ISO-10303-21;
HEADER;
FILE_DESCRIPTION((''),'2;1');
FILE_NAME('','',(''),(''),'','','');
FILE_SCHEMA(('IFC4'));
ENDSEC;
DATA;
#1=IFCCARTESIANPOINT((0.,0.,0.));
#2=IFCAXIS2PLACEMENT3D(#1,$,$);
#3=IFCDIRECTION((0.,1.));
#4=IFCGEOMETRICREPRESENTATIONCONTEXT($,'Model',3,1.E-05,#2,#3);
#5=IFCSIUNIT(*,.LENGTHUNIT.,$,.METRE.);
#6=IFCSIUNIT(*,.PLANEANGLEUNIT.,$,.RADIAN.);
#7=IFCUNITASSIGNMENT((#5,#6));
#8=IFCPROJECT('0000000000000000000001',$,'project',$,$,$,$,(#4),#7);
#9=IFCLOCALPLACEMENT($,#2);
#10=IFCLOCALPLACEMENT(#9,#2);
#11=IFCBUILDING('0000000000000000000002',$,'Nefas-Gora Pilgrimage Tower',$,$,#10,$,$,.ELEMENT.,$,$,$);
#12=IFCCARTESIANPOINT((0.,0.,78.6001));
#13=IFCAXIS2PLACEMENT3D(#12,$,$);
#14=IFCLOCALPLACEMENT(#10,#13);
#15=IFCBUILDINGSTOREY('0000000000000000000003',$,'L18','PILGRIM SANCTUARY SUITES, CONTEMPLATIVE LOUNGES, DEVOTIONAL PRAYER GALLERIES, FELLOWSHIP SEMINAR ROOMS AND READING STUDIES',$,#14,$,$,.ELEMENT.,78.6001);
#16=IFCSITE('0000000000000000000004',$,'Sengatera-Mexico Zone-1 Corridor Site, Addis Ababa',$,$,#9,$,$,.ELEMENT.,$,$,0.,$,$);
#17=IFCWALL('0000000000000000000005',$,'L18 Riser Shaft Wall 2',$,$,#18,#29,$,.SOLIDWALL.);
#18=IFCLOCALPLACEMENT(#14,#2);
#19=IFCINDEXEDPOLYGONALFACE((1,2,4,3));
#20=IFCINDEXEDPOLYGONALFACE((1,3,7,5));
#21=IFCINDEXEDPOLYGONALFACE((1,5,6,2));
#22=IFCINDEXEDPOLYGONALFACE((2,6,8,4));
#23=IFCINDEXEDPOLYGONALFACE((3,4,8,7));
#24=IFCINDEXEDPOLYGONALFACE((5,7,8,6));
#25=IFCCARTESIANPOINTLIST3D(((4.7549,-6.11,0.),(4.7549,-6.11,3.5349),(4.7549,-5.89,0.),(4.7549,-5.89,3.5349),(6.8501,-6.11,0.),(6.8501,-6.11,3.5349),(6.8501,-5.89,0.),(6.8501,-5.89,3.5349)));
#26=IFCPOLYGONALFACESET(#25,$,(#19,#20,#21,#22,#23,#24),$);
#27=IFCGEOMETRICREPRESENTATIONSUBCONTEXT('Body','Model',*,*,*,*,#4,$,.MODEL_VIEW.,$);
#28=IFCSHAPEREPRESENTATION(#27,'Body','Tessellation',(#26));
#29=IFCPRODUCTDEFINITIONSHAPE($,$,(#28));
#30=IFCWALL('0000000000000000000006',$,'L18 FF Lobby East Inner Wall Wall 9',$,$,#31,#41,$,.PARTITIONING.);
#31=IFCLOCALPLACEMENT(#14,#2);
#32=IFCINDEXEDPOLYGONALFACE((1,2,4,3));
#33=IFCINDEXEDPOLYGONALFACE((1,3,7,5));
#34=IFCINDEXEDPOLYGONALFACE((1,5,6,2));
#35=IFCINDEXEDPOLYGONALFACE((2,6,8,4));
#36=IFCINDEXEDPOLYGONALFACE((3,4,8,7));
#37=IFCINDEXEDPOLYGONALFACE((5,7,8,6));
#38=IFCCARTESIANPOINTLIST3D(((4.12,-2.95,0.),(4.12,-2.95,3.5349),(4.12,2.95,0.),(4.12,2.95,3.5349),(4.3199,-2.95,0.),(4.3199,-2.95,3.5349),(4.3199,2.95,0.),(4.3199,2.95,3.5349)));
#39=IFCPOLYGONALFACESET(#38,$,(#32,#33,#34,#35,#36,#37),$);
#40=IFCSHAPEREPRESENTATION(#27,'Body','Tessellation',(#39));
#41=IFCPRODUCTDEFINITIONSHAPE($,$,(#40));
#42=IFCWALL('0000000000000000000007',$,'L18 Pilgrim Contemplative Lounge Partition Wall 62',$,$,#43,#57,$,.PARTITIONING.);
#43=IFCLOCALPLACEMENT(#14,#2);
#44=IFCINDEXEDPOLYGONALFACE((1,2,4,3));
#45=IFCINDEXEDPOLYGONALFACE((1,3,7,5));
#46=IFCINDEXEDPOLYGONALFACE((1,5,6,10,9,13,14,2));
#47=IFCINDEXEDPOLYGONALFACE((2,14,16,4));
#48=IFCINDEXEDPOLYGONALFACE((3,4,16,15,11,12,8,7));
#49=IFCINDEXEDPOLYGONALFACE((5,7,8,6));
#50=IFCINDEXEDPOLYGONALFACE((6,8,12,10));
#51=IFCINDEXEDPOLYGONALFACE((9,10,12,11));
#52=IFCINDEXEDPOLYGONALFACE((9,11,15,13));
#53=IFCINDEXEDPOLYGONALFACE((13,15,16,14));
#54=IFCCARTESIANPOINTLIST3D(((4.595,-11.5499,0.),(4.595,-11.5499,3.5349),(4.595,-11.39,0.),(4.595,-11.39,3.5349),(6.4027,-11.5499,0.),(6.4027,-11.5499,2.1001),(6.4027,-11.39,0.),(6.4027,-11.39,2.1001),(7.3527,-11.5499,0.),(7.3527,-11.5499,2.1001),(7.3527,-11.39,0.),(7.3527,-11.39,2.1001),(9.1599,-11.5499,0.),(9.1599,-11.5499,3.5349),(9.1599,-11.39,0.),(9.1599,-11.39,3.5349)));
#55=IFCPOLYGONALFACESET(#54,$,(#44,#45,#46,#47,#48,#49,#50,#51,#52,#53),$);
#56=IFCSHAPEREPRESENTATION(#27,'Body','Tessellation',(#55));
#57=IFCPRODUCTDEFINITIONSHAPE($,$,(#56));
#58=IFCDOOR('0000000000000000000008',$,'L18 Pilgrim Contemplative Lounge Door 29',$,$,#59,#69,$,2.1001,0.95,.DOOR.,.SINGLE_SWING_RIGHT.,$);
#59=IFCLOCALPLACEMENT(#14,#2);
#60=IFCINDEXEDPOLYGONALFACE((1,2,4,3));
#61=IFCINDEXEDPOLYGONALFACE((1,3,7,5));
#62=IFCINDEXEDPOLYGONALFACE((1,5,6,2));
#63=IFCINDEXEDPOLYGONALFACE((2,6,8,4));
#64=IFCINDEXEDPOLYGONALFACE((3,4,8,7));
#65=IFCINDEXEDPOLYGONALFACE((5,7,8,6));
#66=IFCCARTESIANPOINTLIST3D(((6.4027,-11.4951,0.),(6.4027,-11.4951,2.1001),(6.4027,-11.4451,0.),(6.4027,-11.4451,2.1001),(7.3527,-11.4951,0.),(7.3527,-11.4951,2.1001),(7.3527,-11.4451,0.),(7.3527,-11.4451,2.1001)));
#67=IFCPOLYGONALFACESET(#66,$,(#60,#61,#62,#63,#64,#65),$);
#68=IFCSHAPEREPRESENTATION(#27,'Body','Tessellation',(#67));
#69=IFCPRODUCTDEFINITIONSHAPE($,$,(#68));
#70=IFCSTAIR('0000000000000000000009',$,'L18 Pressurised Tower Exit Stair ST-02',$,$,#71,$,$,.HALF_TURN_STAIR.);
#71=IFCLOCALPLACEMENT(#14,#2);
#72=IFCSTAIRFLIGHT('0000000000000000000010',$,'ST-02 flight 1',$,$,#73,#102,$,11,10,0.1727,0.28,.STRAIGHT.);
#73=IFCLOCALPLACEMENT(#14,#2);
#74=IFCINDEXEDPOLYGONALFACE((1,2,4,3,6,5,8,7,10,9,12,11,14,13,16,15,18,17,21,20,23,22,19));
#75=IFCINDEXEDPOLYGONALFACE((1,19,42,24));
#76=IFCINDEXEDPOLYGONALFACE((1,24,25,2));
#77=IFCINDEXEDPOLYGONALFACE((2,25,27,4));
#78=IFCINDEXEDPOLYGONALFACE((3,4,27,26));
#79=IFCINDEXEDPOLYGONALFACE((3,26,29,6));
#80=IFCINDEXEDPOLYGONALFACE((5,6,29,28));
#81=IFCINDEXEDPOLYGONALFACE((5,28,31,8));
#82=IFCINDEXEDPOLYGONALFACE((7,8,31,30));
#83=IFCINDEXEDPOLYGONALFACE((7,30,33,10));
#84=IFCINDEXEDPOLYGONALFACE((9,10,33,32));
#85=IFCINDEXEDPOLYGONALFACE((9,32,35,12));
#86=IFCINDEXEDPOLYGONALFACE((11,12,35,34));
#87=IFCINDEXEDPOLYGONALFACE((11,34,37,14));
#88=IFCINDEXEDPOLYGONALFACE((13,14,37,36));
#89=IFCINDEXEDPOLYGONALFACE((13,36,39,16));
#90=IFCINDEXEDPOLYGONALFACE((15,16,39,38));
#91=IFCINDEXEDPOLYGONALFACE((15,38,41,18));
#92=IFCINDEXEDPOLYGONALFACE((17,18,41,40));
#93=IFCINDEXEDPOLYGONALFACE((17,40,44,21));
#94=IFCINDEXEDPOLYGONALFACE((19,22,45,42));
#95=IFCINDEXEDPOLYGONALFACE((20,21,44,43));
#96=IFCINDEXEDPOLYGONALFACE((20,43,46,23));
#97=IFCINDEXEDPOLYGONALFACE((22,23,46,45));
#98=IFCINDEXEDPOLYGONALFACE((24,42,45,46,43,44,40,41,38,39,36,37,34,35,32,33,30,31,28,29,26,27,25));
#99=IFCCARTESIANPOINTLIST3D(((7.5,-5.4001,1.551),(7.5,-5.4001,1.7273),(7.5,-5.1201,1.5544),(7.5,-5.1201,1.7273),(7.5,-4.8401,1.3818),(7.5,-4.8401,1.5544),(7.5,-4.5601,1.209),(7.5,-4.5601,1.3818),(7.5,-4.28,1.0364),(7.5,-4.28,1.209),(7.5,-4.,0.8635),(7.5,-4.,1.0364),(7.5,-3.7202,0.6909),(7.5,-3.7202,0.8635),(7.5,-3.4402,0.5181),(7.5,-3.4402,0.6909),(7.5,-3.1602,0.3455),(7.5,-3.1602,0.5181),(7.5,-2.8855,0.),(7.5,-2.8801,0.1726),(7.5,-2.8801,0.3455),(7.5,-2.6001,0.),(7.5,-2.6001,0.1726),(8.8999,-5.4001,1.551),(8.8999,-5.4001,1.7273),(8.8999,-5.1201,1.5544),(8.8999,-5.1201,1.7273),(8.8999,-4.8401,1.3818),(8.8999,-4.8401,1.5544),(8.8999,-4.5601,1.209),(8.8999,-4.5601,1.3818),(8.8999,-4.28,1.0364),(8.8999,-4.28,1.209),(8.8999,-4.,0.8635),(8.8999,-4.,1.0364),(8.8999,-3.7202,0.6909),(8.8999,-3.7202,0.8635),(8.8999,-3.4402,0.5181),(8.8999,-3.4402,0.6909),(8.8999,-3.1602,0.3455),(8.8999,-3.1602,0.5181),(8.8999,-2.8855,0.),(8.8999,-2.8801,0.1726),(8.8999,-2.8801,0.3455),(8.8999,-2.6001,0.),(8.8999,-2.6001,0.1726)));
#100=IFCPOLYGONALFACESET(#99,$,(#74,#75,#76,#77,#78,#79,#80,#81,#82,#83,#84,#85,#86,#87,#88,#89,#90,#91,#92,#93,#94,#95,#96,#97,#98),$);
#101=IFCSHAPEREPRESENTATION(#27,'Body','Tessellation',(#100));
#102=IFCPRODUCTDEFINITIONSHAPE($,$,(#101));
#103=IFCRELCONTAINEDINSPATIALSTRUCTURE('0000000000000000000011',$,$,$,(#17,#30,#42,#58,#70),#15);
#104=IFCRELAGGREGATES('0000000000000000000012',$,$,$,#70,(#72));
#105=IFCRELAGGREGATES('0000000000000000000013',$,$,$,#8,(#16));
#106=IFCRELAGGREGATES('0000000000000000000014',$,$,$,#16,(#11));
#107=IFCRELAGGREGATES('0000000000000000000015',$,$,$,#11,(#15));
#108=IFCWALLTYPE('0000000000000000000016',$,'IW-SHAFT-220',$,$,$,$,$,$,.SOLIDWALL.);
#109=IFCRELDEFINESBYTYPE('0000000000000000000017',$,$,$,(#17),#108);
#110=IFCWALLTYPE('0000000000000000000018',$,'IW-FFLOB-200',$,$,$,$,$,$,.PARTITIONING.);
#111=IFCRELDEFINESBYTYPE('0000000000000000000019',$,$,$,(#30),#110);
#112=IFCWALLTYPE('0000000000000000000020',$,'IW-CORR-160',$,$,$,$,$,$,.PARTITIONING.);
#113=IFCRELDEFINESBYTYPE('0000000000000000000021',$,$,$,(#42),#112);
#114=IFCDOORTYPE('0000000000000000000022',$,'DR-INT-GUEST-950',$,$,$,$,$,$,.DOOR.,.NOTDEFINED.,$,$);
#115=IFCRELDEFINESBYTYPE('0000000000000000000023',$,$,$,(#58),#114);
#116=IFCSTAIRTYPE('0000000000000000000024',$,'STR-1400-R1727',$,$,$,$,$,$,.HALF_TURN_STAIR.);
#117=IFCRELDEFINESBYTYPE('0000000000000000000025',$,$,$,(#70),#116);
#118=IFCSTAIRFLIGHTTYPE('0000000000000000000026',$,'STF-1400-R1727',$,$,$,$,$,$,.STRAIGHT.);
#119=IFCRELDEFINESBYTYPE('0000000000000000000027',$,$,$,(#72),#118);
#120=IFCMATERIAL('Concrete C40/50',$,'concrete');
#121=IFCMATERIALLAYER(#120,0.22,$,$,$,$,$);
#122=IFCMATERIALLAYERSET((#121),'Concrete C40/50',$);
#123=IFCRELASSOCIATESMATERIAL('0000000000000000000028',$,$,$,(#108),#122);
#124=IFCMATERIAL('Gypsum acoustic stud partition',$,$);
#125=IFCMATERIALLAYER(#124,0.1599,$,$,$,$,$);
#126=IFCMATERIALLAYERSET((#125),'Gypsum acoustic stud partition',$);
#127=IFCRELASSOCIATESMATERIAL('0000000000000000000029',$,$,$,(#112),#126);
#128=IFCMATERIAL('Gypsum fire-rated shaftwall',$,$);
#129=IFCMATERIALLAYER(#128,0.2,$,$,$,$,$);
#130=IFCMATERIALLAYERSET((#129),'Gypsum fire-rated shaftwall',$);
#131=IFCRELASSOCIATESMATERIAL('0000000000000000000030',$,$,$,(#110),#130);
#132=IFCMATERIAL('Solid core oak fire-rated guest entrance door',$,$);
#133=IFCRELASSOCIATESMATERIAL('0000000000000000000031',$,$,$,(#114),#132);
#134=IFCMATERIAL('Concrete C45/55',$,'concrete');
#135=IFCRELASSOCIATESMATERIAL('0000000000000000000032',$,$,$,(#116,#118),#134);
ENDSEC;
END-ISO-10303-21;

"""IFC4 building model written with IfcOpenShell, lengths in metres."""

from ifc_helpers import new_model, si_unit, direction, frame, frame_2d, origin, place, context, subcontext, project, spatial, polyline, rectangle, outline, extrude, source, transform, mapped, material, layer, layer_set, type_object, element, fill, aggregate, save


model = new_model("IFC4")

# Units and contexts
model_context = context("Model", 3, precision=1e-05, world=origin(), true_north=direction((0.0, 1.0)))
body_context = subcontext(model_context, "Body", "Model", "MODEL_VIEW")
ifc_project = project(units=[si_unit("LENGTHUNIT", "METRE"), si_unit("PLANEANGLEUNIT", "RADIAN")], contexts=[model_context])

# Site, building, storey
site_placement = place(None, origin())
site = spatial("IfcSite", under=ifc_project, at=site_placement, Name="Sengatera-Mexico Zone-1 Corridor Site, Addis Ababa", CompositionType="ELEMENT", RefElevation=0.0)
building_placement = place(site_placement, origin())
building = spatial("IfcBuilding", under=site, at=building_placement, Name="Nefas-Gora Pilgrimage Tower", CompositionType="ELEMENT")
storey_placement = place(building_placement, frame((0.0, 0.0, 78.6001)))
storey = spatial("IfcBuildingStorey", under=building, at=storey_placement, Name="L18", Description="PILGRIM SANCTUARY SUITES, CONTEMPLATIVE LOUNGES, DEVOTIONAL PRAYER GALLERIES, FELLOWSHIP SEMINAR ROOMS AND READING STUDIES", CompositionType="ELEMENT", Elevation=78.6001)

# Shared definitions
ifc_material_1 = material(Name="Concrete C45/55", Category="concrete")

# Shared definitions
ifc_material_2 = material(Name="Concrete C40/50", Category="concrete")
ifc_layer_1 = layer(ifc_material_2, 0.22)
ifc_layer_set_1 = layer_set([ifc_layer_1], Name="Concrete C40/50")
wall_type_1 = type_object("IfcWallType", Name="IW-SHAFT-220", PredefinedType="SOLIDWALL", material=ifc_layer_set_1)

# Walls
ifc_material_3 = material(Name="Gypsum acoustic stud partition")
ifc_layer_2 = layer(ifc_material_3, 0.1599)
ifc_layer_set_2 = layer_set([ifc_layer_2], Name="Gypsum acoustic stud partition")
wall_type_2 = type_object("IfcWallType", Name="IW-CORR-160", PredefinedType="PARTITIONING", material=ifc_layer_set_2)
shared_shape_1 = source(origin(), body_context, "Body", "SweptSolid", [
    extrude(rectangle(XDim=2.0952, YDim=0.22, at=frame_2d((1.0476, 0.0))), origin(), (0.0, 0.0, 1.0), 3.5349),
])
wall_1_placement = place(storey_placement, frame((4.7549, -6.0, 0.0), z_axis=(0.0, 0.0, 1.0), x_axis=(1.0, 0.0, 0.0)))
element("IfcWall", 1, at=wall_1_placement, inside=storey, type_object=wall_type_1, Name="L18 Riser Shaft Wall 2", PredefinedType="SOLIDWALL", context=body_context, shape_type="MappedRepresentation", body=[
    mapped(shared_shape_1, transform((0.0, 0.0, 0.0), x_axis=(1.0, 0.0, 0.0), y_axis=(0.0, 1.0, 0.0), z_axis=(0.0, 0.0, 1.0), scale=1.0)),
])
ifc_material_4 = material(Name="Gypsum fire-rated shaftwall")
ifc_layer_3 = layer(ifc_material_4, 0.2)
ifc_layer_set_3 = layer_set([ifc_layer_3], Name="Gypsum fire-rated shaftwall")
wall_type_3 = type_object("IfcWallType", Name="IW-FFLOB-200", PredefinedType="PARTITIONING", material=ifc_layer_set_3)
shared_shape_2 = source(origin(), body_context, "Body", "SweptSolid", [
    extrude(rectangle(XDim=5.8999, YDim=0.2, at=frame_2d((2.95, 0.0))), origin(), (0.0, 0.0, 1.0), 3.5349),
])
wall_2_placement = place(storey_placement, frame((4.22, -2.95, 0.0), z_axis=(0.0, 0.0, 1.0), x_axis=(0.0, 1.0, 0.0)))
element("IfcWall", 2, at=wall_2_placement, inside=storey, type_object=wall_type_3, Name="L18 FF Lobby East Inner Wall Wall 9", PredefinedType="PARTITIONING", context=body_context, shape_type="MappedRepresentation", body=[
    mapped(shared_shape_2, transform((0.0, 0.0, 0.0), x_axis=(1.0, 0.0, 0.0), y_axis=(0.0, 1.0, 0.0), z_axis=(0.0, 0.0, 1.0), scale=1.0)),
])

# Wall, opening, door
shared_shape_3 = source(origin(), body_context, "Body", "SweptSolid", [
    extrude(rectangle(XDim=4.5649, YDim=0.1599, at=frame_2d((2.2825, 0.0))), origin(), (0.0, 0.0, 1.0), 3.5349),
])
wall_3_placement = place(storey_placement, frame((4.595, -11.47, 0.0), z_axis=(0.0, 0.0, 1.0), x_axis=(1.0, 0.0, 0.0)))
wall_3 = element("IfcWall", 3, at=wall_3_placement, inside=storey, type_object=wall_type_2, Name="L18 Pilgrim Contemplative Lounge Partition Wall 62", PredefinedType="PARTITIONING", context=body_context, shape_type="MappedRepresentation", body=[
    mapped(shared_shape_3, transform((0.0, 0.0, 0.0), x_axis=(1.0, 0.0, 0.0), y_axis=(0.0, 1.0, 0.0), z_axis=(0.0, 0.0, 1.0), scale=1.0)),
])
opening_1_placement = place(wall_3_placement, frame((1.8076, 0.0, 0.0)))
opening_1 = element("IfcOpeningElement", 4, at=opening_1_placement, cuts=wall_3, PredefinedType="OPENING", context=body_context, shape_type="SweptSolid", body=[
    extrude(rectangle(XDim=0.95, YDim=2.1001, at=frame_2d((0.4751, 1.05))), frame((0.0, 0.0898, 0.0), z_axis=(0.0, -1.0, 0.0), x_axis=(1.0, 0.0, 0.0)), (0.0, 0.0, 1.0), 0.1799),
])
ifc_material_5 = material(Name="Solid core oak fire-rated guest entrance door")
door_type_1 = type_object("IfcDoorType", Name="DR-INT-GUEST-950", OperationType="NOTDEFINED", PredefinedType="DOOR", material=ifc_material_5)
shared_shape_4 = source(origin(), body_context, "Body", "SweptSolid", [
    extrude(rectangle(XDim=0.95, YDim=2.1001, at=frame_2d((0.4751, 1.05))), frame((0.0, 0.0249, 0.0), z_axis=(0.0, -1.0, 0.0), x_axis=(1.0, 0.0, 0.0)), (0.0, 0.0, 1.0), 0.05),
])
door_1_placement = place(opening_1_placement, origin())
door_1 = element("IfcDoor", 5, at=door_1_placement, inside=storey, type_object=door_type_1, Name="L18 Pilgrim Contemplative Lounge Door 29", OperationType="SINGLE_SWING_RIGHT", OverallHeight=2.1001, OverallWidth=0.95, PredefinedType="DOOR", context=body_context, shape_type="MappedRepresentation", body=[
    mapped(shared_shape_4, transform((0.0, 0.0, 0.0), x_axis=(1.0, 0.0, 0.0), y_axis=(0.0, 1.0, 0.0), z_axis=(0.0, 0.0, 1.0), scale=1.0)),
])
fill(opening_1, door_1)

# Stair, stair flight
stair_type = type_object("IfcStairType", Name="STR-1400-R1727", PredefinedType="HALF_TURN_STAIR", material=ifc_material_1)
stair_placement = place(storey_placement, origin())
stair = element("IfcStair", 6, at=stair_placement, inside=storey, type_object=stair_type, Name="L18 Pressurised Tower Exit Stair ST-02", PredefinedType="HALF_TURN_STAIR")
stair_flight_type = type_object("IfcStairFlightType", Name="STF-1400-R1727", PredefinedType="STRAIGHT", material=ifc_material_1)
shared_shape_5 = source(origin(), body_context, "Body", "SweptSolid", [
    extrude(outline(polyline([(0.0, 0.0), (0.0, 0.1726), (0.28, 0.1726), (0.28, 0.3455), (0.5601, 0.3455), (0.5601, 0.5181), (0.8401, 0.5181), (0.8401, 0.6909), (1.1201, 0.6909), (1.1201, 0.8635), (1.3999, 0.8635), (1.3999, 1.0364), (1.6799, 1.0364), (1.6799, 1.209), (1.96, 1.209), (1.96, 1.3818), (2.24, 1.3818), (2.24, 1.5544), (2.52, 1.5544), (2.52, 1.7273), (2.8, 1.7273), (2.8, 1.8999), (2.8, 1.551), (0.2854, 0.0), (0.0, 0.0)])), frame((0.0, 0.7, 0.0), z_axis=(0.0, -1.0, 0.0), x_axis=(1.0, 0.0, 0.0)), (0.0, 0.0, 1.0), 1.3999),
])
stair_flight_placement = place(storey_placement, frame((8.2, -2.6001, 0.0), z_axis=(0.0, 0.0, 1.0), x_axis=(0.0, -1.0, 0.0)))
stair_flight = element("IfcStairFlight", 7, at=stair_flight_placement, type_object=stair_flight_type, Name="ST-02 flight 1", NumberOfRisers=11, NumberOfTreads=10, PredefinedType="STRAIGHT", RiserHeight=0.1727, TreadLength=0.28, context=body_context, shape_type="MappedRepresentation", body=[
    mapped(shared_shape_5, transform((0.0, 0.0, 0.0), x_axis=(1.0, 0.0, 0.0), y_axis=(0.0, 1.0, 0.0), z_axis=(0.0, 0.0, 1.0), scale=1.0)),
])
aggregate(stair, [stair_flight])

save(model, "model.ifc")
